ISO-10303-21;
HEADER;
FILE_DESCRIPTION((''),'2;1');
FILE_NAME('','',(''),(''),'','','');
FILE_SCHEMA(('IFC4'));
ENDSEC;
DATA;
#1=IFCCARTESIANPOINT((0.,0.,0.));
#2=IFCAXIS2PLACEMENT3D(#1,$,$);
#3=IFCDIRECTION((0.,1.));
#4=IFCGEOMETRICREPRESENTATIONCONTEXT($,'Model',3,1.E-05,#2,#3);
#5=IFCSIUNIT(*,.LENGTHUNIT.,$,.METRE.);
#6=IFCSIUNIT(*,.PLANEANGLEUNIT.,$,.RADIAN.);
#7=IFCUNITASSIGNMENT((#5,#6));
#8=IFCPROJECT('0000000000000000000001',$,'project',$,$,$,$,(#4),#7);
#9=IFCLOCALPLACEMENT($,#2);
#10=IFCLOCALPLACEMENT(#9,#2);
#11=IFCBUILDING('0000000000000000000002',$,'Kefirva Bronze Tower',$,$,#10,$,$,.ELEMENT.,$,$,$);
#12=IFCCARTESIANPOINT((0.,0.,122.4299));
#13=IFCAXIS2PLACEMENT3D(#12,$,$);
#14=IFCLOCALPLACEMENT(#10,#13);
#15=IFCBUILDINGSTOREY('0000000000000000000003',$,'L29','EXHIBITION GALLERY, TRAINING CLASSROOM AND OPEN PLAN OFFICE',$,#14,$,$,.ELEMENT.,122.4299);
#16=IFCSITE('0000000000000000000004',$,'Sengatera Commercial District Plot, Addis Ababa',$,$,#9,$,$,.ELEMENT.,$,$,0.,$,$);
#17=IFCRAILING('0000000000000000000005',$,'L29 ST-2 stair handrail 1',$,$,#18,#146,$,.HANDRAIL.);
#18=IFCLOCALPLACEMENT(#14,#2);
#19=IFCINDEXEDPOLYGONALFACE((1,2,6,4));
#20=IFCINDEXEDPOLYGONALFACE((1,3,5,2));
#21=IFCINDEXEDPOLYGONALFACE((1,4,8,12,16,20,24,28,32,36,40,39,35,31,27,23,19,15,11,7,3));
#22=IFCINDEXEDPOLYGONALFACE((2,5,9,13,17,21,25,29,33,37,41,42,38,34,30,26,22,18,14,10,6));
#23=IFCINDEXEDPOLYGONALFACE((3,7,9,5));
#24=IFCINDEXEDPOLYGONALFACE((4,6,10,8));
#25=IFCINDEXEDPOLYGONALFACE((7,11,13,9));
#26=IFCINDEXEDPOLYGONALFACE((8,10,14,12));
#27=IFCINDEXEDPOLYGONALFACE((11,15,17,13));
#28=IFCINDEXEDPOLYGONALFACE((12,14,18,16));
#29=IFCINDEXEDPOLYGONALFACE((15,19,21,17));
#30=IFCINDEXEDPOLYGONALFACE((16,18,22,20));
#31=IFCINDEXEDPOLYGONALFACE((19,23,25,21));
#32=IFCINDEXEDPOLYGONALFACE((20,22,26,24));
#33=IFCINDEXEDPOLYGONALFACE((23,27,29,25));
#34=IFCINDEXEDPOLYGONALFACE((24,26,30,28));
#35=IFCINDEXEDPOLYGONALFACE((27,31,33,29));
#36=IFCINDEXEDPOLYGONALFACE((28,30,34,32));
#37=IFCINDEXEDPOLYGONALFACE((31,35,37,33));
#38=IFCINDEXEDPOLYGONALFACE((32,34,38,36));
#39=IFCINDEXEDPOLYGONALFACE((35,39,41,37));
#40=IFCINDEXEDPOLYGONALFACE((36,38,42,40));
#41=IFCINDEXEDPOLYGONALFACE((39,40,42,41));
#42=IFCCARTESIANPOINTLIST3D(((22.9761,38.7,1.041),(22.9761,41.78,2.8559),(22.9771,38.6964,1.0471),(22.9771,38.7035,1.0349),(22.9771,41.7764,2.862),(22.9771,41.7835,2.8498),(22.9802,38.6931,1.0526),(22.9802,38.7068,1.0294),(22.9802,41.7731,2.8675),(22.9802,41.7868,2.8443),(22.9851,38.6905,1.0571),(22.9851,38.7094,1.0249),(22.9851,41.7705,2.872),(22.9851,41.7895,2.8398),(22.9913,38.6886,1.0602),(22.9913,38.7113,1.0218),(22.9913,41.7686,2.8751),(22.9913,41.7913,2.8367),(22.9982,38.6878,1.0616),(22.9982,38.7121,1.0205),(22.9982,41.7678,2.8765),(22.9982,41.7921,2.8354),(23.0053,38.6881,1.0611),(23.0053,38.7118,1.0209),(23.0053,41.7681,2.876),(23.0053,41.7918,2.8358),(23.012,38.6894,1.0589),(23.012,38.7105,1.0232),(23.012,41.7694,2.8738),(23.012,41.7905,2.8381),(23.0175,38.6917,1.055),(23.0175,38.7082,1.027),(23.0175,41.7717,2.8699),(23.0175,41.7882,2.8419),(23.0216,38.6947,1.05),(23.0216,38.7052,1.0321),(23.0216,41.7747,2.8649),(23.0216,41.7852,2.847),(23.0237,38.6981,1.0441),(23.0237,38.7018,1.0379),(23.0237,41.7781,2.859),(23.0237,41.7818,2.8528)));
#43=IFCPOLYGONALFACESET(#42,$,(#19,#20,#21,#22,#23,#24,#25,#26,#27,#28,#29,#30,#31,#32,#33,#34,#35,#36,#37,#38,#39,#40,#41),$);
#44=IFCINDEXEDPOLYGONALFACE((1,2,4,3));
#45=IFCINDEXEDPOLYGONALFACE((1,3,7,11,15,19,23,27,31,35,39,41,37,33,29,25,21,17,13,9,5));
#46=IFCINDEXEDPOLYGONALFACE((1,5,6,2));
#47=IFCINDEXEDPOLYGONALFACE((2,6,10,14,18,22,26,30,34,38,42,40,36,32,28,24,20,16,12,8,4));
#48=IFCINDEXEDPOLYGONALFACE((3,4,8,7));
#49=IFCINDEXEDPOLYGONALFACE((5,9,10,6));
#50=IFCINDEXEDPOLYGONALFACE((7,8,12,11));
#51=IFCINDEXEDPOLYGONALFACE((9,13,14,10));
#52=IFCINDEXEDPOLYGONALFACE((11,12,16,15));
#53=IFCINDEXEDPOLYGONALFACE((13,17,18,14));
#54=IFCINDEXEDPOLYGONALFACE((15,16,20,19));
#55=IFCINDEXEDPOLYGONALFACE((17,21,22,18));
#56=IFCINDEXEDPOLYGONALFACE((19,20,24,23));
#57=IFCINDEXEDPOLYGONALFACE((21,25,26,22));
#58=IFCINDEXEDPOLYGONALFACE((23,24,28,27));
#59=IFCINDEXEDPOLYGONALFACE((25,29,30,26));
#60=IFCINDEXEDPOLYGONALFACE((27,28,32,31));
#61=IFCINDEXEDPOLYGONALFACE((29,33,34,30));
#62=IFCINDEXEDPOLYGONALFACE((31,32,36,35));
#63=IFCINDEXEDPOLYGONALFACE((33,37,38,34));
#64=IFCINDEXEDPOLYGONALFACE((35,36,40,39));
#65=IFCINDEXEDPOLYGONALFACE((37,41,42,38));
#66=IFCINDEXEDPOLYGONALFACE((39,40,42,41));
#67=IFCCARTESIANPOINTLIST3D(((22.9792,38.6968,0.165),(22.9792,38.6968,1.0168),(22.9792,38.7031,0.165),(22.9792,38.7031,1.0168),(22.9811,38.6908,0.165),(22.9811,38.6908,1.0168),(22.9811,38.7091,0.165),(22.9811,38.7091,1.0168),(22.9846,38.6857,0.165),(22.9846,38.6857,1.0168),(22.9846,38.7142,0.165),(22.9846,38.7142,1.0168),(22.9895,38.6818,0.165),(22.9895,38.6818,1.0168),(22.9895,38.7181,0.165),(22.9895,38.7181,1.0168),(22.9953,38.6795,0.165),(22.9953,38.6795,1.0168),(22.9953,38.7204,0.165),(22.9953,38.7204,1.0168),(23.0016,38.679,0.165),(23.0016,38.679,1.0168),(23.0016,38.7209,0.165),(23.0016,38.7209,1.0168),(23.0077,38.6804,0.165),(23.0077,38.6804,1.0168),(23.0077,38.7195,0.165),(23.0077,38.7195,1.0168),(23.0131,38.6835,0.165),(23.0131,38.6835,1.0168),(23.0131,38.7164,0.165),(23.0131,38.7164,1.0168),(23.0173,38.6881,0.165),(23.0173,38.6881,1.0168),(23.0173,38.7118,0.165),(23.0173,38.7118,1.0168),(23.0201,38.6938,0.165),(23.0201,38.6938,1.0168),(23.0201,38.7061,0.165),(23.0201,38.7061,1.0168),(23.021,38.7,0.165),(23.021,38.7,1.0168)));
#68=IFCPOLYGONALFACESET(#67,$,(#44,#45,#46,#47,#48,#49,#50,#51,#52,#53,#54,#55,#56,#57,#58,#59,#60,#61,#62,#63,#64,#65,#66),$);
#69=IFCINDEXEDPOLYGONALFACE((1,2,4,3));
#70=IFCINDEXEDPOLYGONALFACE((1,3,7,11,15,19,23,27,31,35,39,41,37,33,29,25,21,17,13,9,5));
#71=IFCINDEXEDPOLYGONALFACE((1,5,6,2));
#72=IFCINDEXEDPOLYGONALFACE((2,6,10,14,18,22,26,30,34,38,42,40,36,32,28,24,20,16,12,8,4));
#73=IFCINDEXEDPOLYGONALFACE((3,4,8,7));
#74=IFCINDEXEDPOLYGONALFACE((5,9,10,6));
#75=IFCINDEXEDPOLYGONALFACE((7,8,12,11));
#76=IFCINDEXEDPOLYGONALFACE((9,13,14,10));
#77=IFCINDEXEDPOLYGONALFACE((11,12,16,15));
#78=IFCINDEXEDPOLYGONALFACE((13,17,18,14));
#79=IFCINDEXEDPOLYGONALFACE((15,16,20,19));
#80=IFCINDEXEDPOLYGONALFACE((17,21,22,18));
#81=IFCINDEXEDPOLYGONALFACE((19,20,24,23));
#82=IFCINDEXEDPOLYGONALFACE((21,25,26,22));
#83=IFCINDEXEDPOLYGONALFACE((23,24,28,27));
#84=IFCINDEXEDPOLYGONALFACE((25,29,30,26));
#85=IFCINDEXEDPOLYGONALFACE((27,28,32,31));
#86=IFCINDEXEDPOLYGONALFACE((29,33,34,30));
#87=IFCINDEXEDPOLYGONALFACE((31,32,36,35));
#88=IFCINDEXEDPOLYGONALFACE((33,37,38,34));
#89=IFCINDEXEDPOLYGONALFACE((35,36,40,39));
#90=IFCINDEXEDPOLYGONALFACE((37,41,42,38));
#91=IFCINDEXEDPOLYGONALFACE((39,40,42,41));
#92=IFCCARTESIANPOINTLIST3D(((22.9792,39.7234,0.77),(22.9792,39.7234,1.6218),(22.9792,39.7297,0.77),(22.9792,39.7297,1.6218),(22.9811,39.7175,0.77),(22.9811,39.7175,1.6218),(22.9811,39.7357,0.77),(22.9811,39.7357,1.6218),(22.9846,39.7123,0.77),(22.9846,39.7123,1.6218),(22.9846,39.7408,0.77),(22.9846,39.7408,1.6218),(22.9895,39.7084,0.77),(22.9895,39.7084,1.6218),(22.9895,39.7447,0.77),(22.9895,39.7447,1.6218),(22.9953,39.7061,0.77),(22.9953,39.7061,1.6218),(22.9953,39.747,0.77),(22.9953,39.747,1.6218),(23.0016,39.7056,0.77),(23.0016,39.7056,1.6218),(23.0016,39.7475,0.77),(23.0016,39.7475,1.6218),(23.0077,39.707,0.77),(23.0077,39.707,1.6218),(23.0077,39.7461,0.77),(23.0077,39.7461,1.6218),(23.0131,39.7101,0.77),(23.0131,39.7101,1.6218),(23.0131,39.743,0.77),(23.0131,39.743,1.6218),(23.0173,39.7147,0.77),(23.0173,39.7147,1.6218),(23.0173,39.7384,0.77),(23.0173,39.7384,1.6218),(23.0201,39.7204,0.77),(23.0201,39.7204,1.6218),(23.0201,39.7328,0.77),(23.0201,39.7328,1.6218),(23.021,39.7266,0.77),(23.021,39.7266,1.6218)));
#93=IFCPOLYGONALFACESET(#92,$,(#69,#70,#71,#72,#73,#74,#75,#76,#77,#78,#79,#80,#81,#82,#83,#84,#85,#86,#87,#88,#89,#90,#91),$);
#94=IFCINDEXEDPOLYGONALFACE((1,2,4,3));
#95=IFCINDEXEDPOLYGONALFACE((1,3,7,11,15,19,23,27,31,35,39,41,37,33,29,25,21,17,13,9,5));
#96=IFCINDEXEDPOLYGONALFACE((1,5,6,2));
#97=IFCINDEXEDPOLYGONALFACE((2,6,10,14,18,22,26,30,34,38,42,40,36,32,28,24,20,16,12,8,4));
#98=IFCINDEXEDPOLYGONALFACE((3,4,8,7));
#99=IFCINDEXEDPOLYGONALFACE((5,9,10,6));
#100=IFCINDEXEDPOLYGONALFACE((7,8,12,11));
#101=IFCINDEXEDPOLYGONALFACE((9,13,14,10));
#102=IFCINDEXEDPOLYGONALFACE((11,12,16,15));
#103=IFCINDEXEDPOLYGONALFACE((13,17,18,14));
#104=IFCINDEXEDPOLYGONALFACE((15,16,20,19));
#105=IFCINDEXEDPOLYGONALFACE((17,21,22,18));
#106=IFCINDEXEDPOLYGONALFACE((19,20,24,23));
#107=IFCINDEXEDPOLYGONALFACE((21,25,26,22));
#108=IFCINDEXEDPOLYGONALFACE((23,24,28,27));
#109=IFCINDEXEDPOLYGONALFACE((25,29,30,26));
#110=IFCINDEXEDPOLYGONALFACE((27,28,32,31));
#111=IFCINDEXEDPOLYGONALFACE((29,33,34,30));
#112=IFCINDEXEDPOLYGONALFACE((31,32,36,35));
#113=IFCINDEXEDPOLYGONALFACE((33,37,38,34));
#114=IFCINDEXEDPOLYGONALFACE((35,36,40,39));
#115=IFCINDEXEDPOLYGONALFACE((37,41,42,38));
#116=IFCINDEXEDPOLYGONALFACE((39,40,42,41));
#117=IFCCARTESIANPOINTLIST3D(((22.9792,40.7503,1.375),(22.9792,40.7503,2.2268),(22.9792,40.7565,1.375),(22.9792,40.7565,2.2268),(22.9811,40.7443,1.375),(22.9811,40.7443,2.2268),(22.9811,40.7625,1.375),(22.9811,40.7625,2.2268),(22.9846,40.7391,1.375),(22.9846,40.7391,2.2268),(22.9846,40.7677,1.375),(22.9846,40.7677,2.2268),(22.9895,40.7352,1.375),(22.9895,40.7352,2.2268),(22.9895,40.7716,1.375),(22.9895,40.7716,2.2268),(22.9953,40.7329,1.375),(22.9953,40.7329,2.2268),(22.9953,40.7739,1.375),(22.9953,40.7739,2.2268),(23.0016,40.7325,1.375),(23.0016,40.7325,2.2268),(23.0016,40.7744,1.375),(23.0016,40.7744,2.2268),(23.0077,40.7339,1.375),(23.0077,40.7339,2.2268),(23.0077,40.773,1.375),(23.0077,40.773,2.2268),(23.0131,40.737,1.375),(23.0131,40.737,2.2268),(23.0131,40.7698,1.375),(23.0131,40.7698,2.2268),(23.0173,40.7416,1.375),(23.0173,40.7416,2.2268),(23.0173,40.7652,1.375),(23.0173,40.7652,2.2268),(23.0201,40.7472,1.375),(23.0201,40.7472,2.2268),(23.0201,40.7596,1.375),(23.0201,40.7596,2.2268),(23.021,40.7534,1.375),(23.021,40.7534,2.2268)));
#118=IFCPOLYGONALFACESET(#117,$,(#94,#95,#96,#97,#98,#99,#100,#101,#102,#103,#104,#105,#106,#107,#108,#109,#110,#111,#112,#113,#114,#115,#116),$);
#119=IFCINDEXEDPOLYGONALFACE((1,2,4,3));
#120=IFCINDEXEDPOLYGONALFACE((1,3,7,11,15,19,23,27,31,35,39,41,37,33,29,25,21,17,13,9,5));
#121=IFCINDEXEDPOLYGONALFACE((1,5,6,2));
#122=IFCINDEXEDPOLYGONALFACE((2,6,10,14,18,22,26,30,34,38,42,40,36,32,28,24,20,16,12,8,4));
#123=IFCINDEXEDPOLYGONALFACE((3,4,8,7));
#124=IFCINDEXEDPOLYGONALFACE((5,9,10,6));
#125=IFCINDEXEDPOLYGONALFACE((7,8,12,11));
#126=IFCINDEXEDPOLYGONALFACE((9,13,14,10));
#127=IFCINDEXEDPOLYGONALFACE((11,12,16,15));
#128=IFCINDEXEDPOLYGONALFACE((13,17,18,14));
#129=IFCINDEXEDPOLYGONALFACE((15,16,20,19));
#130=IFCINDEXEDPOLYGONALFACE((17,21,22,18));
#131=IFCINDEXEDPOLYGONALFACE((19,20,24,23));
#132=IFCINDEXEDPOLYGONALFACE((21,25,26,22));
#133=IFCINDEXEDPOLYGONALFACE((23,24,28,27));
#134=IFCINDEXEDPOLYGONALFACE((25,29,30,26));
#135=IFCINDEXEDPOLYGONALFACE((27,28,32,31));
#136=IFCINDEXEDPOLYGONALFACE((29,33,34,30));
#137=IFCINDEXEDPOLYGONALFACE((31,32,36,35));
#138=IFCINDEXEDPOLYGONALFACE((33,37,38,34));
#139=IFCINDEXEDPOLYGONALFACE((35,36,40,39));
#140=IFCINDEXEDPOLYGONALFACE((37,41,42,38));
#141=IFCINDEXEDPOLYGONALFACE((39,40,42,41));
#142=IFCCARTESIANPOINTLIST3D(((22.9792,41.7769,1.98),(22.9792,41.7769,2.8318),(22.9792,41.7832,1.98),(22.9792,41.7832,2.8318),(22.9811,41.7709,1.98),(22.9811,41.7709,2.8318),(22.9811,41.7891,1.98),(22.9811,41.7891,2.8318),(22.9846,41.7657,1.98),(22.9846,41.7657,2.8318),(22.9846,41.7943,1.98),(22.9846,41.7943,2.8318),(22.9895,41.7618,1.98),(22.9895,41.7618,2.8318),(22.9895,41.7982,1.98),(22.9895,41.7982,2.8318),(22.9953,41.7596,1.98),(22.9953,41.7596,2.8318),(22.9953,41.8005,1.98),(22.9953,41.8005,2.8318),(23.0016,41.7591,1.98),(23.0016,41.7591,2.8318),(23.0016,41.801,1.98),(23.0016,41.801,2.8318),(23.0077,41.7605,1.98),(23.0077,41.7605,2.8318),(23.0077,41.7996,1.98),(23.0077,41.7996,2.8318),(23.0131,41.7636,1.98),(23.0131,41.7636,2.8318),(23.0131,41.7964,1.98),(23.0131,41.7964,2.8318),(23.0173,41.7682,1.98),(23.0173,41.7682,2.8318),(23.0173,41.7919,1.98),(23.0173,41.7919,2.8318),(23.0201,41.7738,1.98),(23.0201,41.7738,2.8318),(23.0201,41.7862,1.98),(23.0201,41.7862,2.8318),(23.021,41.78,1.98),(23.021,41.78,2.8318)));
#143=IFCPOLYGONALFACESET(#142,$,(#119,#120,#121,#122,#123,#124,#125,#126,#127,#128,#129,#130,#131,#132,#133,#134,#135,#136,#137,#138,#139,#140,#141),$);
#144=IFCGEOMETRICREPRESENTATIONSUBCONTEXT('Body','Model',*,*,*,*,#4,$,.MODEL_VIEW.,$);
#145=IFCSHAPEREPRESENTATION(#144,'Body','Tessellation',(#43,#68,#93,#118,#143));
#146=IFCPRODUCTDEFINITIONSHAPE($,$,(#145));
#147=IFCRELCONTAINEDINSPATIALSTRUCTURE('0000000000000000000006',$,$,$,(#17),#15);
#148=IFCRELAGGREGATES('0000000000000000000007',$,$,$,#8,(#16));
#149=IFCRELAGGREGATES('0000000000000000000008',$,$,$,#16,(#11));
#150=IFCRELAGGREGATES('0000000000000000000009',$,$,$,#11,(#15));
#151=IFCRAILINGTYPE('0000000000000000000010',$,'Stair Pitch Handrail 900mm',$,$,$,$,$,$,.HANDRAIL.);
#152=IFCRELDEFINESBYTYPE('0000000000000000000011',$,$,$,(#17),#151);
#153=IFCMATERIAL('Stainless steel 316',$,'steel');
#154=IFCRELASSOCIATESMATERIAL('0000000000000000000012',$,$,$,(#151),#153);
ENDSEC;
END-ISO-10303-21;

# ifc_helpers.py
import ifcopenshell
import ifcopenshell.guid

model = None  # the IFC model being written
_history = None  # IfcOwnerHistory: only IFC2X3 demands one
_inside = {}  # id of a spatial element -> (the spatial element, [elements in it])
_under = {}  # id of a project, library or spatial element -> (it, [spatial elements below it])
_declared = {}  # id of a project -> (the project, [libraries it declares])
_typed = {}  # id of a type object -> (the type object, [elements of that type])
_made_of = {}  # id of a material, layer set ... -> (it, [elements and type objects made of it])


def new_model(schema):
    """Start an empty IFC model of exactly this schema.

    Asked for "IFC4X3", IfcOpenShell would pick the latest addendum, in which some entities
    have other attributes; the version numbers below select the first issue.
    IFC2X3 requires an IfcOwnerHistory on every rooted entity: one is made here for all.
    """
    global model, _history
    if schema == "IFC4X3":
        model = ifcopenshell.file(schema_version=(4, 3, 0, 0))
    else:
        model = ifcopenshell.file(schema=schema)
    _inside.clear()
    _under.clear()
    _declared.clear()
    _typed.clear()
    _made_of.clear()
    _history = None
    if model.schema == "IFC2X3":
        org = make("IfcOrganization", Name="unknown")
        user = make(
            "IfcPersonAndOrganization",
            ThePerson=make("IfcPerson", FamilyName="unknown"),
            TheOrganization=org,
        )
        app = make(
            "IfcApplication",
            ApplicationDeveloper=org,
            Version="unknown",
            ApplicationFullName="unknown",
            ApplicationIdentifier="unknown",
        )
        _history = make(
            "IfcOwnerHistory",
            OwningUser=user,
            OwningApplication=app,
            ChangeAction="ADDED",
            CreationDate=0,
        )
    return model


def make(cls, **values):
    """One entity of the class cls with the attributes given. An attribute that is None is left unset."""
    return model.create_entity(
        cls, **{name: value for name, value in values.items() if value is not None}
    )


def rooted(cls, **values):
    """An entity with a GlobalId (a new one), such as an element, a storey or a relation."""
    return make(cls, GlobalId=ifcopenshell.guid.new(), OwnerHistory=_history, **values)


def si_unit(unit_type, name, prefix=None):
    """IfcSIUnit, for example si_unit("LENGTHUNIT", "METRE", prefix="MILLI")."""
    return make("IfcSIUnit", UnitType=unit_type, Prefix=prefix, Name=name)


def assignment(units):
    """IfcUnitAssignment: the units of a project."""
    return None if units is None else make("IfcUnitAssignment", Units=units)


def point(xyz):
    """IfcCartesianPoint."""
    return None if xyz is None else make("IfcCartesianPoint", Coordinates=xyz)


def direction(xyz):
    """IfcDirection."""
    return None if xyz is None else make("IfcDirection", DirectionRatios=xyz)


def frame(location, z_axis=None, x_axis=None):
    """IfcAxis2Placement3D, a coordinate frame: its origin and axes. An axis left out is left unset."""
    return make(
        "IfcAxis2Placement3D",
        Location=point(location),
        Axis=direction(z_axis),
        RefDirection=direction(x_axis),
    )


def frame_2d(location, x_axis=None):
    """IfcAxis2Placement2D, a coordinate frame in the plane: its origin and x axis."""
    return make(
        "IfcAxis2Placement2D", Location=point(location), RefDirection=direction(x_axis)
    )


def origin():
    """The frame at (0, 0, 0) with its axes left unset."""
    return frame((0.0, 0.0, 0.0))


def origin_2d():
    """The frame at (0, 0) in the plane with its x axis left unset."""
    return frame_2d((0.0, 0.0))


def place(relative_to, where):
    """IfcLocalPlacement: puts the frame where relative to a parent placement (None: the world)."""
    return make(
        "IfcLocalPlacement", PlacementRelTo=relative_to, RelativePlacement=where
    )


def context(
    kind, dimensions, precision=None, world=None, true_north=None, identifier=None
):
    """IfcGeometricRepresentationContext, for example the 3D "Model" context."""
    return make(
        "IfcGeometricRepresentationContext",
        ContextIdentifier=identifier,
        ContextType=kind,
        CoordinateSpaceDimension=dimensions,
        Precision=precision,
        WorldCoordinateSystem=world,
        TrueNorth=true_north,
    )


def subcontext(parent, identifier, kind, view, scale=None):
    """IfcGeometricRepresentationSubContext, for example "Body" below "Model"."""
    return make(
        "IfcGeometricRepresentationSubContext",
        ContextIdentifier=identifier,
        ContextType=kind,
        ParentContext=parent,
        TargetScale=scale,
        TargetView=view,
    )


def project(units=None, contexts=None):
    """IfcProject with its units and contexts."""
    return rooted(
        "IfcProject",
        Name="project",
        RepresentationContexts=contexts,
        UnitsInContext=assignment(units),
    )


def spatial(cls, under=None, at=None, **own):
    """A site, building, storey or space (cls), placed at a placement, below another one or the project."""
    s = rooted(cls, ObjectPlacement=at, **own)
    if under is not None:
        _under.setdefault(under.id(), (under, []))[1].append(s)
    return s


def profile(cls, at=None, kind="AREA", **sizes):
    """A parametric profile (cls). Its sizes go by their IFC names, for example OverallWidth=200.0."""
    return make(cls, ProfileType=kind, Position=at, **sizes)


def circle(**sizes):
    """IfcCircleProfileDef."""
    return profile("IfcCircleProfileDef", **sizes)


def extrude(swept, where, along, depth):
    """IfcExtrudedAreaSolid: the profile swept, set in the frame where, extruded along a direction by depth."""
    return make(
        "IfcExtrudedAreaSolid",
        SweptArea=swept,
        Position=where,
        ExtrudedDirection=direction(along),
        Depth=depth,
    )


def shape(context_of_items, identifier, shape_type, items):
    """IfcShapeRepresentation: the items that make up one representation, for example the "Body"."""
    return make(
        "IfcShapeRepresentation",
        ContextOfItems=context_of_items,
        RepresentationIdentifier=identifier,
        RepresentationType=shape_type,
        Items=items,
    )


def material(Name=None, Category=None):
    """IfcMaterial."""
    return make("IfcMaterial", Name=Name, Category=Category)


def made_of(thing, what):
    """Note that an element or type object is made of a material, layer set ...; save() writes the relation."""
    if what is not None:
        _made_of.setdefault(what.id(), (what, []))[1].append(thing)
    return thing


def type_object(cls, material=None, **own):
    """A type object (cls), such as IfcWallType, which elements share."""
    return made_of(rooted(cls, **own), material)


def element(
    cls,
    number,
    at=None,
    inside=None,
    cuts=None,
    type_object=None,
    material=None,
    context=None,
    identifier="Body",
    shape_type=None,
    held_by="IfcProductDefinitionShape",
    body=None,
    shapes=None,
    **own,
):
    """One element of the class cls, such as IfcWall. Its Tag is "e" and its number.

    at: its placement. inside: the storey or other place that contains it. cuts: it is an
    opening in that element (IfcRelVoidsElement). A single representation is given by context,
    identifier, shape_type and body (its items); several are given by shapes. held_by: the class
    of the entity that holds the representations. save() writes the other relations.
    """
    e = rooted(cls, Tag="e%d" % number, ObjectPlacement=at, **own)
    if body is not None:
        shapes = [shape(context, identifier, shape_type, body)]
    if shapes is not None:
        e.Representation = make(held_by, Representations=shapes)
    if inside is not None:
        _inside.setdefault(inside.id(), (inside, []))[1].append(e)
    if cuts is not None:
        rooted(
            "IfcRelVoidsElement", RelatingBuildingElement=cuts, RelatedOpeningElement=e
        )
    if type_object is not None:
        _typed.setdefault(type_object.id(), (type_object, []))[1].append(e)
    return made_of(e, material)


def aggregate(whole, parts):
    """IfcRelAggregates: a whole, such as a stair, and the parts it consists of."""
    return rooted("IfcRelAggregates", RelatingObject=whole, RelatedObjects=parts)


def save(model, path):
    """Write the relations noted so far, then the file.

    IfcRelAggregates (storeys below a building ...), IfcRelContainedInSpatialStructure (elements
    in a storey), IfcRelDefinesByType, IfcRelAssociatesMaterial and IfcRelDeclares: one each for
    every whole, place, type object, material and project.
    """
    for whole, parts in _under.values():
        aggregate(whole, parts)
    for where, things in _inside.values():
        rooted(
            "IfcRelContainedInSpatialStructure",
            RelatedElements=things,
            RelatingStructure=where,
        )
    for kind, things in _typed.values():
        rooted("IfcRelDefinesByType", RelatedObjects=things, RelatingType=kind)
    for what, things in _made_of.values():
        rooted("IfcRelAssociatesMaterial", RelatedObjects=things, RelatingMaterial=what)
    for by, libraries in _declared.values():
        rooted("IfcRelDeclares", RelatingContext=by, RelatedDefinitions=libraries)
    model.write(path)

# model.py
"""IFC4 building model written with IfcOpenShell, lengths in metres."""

from ifc_helpers import new_model, si_unit, direction, frame, origin, origin_2d, place, context, subcontext, project, spatial, circle, extrude, material, type_object, element, save


model = new_model("IFC4")

# Units and contexts
model_context = context("Model", 3, precision=1e-05, world=origin(), true_north=direction((0.0, 1.0)))
body_context = subcontext(model_context, "Body", "Model", "MODEL_VIEW")
ifc_project = project(units=[si_unit("LENGTHUNIT", "METRE"), si_unit("PLANEANGLEUNIT", "RADIAN")], contexts=[model_context])

# Site, building, storey
site_placement = place(None, origin())
site = spatial("IfcSite", under=ifc_project, at=site_placement, Name="Sengatera Commercial District Plot, Addis Ababa", CompositionType="ELEMENT", RefElevation=0.0)
building_placement = place(site_placement, origin())
building = spatial("IfcBuilding", under=site, at=building_placement, Name="Kefirva Bronze Tower", CompositionType="ELEMENT")
storey_placement = place(building_placement, frame((0.0, 0.0, 122.4299)))
storey = spatial("IfcBuildingStorey", under=building, at=storey_placement, Name="L29", Description="EXHIBITION GALLERY, TRAINING CLASSROOM AND OPEN PLAN OFFICE", CompositionType="ELEMENT", Elevation=122.4299)

# Railing
ifc_material_1 = material(Name="Stainless steel 316", Category="steel")
railing_type_1 = type_object("IfcRailingType", Name="Stair Pitch Handrail 900mm", PredefinedType="HANDRAIL", material=ifc_material_1)
railing_1_placement = place(storey_placement, frame((23.0, 38.7, 0.165)))
element("IfcRailing", 1, at=railing_1_placement, inside=storey, type_object=railing_type_1, Name="L29 ST-2 stair handrail 1", PredefinedType="HANDRAIL", context=body_context, shape_type="SweptSolid", body=[
    extrude(circle(Radius=0.0239, at=origin_2d()), frame((0.0, 0.0, 0.876), z_axis=(0.0, 0.861551, 0.507671), x_axis=(-1.0, 0.0, 0.0)), (0.0, 0.0, 1.0), 3.575),
    extrude(circle(Radius=0.021, at=origin_2d()), origin(), (0.0, 0.0, 1.0), 0.8518),
    extrude(circle(Radius=0.021, at=origin_2d()), frame((0.0, 1.0266, 0.605)), (0.0, 0.0, 1.0), 0.8518),
    extrude(circle(Radius=0.021, at=origin_2d()), frame((0.0, 2.0535, 1.21)), (0.0, 0.0, 1.0), 0.8518),
    extrude(circle(Radius=0.021, at=origin_2d()), frame((0.0, 3.0801, 1.8149)), (0.0, 0.0, 1.0), 0.8518),
])

save(model, "model.ifc")
